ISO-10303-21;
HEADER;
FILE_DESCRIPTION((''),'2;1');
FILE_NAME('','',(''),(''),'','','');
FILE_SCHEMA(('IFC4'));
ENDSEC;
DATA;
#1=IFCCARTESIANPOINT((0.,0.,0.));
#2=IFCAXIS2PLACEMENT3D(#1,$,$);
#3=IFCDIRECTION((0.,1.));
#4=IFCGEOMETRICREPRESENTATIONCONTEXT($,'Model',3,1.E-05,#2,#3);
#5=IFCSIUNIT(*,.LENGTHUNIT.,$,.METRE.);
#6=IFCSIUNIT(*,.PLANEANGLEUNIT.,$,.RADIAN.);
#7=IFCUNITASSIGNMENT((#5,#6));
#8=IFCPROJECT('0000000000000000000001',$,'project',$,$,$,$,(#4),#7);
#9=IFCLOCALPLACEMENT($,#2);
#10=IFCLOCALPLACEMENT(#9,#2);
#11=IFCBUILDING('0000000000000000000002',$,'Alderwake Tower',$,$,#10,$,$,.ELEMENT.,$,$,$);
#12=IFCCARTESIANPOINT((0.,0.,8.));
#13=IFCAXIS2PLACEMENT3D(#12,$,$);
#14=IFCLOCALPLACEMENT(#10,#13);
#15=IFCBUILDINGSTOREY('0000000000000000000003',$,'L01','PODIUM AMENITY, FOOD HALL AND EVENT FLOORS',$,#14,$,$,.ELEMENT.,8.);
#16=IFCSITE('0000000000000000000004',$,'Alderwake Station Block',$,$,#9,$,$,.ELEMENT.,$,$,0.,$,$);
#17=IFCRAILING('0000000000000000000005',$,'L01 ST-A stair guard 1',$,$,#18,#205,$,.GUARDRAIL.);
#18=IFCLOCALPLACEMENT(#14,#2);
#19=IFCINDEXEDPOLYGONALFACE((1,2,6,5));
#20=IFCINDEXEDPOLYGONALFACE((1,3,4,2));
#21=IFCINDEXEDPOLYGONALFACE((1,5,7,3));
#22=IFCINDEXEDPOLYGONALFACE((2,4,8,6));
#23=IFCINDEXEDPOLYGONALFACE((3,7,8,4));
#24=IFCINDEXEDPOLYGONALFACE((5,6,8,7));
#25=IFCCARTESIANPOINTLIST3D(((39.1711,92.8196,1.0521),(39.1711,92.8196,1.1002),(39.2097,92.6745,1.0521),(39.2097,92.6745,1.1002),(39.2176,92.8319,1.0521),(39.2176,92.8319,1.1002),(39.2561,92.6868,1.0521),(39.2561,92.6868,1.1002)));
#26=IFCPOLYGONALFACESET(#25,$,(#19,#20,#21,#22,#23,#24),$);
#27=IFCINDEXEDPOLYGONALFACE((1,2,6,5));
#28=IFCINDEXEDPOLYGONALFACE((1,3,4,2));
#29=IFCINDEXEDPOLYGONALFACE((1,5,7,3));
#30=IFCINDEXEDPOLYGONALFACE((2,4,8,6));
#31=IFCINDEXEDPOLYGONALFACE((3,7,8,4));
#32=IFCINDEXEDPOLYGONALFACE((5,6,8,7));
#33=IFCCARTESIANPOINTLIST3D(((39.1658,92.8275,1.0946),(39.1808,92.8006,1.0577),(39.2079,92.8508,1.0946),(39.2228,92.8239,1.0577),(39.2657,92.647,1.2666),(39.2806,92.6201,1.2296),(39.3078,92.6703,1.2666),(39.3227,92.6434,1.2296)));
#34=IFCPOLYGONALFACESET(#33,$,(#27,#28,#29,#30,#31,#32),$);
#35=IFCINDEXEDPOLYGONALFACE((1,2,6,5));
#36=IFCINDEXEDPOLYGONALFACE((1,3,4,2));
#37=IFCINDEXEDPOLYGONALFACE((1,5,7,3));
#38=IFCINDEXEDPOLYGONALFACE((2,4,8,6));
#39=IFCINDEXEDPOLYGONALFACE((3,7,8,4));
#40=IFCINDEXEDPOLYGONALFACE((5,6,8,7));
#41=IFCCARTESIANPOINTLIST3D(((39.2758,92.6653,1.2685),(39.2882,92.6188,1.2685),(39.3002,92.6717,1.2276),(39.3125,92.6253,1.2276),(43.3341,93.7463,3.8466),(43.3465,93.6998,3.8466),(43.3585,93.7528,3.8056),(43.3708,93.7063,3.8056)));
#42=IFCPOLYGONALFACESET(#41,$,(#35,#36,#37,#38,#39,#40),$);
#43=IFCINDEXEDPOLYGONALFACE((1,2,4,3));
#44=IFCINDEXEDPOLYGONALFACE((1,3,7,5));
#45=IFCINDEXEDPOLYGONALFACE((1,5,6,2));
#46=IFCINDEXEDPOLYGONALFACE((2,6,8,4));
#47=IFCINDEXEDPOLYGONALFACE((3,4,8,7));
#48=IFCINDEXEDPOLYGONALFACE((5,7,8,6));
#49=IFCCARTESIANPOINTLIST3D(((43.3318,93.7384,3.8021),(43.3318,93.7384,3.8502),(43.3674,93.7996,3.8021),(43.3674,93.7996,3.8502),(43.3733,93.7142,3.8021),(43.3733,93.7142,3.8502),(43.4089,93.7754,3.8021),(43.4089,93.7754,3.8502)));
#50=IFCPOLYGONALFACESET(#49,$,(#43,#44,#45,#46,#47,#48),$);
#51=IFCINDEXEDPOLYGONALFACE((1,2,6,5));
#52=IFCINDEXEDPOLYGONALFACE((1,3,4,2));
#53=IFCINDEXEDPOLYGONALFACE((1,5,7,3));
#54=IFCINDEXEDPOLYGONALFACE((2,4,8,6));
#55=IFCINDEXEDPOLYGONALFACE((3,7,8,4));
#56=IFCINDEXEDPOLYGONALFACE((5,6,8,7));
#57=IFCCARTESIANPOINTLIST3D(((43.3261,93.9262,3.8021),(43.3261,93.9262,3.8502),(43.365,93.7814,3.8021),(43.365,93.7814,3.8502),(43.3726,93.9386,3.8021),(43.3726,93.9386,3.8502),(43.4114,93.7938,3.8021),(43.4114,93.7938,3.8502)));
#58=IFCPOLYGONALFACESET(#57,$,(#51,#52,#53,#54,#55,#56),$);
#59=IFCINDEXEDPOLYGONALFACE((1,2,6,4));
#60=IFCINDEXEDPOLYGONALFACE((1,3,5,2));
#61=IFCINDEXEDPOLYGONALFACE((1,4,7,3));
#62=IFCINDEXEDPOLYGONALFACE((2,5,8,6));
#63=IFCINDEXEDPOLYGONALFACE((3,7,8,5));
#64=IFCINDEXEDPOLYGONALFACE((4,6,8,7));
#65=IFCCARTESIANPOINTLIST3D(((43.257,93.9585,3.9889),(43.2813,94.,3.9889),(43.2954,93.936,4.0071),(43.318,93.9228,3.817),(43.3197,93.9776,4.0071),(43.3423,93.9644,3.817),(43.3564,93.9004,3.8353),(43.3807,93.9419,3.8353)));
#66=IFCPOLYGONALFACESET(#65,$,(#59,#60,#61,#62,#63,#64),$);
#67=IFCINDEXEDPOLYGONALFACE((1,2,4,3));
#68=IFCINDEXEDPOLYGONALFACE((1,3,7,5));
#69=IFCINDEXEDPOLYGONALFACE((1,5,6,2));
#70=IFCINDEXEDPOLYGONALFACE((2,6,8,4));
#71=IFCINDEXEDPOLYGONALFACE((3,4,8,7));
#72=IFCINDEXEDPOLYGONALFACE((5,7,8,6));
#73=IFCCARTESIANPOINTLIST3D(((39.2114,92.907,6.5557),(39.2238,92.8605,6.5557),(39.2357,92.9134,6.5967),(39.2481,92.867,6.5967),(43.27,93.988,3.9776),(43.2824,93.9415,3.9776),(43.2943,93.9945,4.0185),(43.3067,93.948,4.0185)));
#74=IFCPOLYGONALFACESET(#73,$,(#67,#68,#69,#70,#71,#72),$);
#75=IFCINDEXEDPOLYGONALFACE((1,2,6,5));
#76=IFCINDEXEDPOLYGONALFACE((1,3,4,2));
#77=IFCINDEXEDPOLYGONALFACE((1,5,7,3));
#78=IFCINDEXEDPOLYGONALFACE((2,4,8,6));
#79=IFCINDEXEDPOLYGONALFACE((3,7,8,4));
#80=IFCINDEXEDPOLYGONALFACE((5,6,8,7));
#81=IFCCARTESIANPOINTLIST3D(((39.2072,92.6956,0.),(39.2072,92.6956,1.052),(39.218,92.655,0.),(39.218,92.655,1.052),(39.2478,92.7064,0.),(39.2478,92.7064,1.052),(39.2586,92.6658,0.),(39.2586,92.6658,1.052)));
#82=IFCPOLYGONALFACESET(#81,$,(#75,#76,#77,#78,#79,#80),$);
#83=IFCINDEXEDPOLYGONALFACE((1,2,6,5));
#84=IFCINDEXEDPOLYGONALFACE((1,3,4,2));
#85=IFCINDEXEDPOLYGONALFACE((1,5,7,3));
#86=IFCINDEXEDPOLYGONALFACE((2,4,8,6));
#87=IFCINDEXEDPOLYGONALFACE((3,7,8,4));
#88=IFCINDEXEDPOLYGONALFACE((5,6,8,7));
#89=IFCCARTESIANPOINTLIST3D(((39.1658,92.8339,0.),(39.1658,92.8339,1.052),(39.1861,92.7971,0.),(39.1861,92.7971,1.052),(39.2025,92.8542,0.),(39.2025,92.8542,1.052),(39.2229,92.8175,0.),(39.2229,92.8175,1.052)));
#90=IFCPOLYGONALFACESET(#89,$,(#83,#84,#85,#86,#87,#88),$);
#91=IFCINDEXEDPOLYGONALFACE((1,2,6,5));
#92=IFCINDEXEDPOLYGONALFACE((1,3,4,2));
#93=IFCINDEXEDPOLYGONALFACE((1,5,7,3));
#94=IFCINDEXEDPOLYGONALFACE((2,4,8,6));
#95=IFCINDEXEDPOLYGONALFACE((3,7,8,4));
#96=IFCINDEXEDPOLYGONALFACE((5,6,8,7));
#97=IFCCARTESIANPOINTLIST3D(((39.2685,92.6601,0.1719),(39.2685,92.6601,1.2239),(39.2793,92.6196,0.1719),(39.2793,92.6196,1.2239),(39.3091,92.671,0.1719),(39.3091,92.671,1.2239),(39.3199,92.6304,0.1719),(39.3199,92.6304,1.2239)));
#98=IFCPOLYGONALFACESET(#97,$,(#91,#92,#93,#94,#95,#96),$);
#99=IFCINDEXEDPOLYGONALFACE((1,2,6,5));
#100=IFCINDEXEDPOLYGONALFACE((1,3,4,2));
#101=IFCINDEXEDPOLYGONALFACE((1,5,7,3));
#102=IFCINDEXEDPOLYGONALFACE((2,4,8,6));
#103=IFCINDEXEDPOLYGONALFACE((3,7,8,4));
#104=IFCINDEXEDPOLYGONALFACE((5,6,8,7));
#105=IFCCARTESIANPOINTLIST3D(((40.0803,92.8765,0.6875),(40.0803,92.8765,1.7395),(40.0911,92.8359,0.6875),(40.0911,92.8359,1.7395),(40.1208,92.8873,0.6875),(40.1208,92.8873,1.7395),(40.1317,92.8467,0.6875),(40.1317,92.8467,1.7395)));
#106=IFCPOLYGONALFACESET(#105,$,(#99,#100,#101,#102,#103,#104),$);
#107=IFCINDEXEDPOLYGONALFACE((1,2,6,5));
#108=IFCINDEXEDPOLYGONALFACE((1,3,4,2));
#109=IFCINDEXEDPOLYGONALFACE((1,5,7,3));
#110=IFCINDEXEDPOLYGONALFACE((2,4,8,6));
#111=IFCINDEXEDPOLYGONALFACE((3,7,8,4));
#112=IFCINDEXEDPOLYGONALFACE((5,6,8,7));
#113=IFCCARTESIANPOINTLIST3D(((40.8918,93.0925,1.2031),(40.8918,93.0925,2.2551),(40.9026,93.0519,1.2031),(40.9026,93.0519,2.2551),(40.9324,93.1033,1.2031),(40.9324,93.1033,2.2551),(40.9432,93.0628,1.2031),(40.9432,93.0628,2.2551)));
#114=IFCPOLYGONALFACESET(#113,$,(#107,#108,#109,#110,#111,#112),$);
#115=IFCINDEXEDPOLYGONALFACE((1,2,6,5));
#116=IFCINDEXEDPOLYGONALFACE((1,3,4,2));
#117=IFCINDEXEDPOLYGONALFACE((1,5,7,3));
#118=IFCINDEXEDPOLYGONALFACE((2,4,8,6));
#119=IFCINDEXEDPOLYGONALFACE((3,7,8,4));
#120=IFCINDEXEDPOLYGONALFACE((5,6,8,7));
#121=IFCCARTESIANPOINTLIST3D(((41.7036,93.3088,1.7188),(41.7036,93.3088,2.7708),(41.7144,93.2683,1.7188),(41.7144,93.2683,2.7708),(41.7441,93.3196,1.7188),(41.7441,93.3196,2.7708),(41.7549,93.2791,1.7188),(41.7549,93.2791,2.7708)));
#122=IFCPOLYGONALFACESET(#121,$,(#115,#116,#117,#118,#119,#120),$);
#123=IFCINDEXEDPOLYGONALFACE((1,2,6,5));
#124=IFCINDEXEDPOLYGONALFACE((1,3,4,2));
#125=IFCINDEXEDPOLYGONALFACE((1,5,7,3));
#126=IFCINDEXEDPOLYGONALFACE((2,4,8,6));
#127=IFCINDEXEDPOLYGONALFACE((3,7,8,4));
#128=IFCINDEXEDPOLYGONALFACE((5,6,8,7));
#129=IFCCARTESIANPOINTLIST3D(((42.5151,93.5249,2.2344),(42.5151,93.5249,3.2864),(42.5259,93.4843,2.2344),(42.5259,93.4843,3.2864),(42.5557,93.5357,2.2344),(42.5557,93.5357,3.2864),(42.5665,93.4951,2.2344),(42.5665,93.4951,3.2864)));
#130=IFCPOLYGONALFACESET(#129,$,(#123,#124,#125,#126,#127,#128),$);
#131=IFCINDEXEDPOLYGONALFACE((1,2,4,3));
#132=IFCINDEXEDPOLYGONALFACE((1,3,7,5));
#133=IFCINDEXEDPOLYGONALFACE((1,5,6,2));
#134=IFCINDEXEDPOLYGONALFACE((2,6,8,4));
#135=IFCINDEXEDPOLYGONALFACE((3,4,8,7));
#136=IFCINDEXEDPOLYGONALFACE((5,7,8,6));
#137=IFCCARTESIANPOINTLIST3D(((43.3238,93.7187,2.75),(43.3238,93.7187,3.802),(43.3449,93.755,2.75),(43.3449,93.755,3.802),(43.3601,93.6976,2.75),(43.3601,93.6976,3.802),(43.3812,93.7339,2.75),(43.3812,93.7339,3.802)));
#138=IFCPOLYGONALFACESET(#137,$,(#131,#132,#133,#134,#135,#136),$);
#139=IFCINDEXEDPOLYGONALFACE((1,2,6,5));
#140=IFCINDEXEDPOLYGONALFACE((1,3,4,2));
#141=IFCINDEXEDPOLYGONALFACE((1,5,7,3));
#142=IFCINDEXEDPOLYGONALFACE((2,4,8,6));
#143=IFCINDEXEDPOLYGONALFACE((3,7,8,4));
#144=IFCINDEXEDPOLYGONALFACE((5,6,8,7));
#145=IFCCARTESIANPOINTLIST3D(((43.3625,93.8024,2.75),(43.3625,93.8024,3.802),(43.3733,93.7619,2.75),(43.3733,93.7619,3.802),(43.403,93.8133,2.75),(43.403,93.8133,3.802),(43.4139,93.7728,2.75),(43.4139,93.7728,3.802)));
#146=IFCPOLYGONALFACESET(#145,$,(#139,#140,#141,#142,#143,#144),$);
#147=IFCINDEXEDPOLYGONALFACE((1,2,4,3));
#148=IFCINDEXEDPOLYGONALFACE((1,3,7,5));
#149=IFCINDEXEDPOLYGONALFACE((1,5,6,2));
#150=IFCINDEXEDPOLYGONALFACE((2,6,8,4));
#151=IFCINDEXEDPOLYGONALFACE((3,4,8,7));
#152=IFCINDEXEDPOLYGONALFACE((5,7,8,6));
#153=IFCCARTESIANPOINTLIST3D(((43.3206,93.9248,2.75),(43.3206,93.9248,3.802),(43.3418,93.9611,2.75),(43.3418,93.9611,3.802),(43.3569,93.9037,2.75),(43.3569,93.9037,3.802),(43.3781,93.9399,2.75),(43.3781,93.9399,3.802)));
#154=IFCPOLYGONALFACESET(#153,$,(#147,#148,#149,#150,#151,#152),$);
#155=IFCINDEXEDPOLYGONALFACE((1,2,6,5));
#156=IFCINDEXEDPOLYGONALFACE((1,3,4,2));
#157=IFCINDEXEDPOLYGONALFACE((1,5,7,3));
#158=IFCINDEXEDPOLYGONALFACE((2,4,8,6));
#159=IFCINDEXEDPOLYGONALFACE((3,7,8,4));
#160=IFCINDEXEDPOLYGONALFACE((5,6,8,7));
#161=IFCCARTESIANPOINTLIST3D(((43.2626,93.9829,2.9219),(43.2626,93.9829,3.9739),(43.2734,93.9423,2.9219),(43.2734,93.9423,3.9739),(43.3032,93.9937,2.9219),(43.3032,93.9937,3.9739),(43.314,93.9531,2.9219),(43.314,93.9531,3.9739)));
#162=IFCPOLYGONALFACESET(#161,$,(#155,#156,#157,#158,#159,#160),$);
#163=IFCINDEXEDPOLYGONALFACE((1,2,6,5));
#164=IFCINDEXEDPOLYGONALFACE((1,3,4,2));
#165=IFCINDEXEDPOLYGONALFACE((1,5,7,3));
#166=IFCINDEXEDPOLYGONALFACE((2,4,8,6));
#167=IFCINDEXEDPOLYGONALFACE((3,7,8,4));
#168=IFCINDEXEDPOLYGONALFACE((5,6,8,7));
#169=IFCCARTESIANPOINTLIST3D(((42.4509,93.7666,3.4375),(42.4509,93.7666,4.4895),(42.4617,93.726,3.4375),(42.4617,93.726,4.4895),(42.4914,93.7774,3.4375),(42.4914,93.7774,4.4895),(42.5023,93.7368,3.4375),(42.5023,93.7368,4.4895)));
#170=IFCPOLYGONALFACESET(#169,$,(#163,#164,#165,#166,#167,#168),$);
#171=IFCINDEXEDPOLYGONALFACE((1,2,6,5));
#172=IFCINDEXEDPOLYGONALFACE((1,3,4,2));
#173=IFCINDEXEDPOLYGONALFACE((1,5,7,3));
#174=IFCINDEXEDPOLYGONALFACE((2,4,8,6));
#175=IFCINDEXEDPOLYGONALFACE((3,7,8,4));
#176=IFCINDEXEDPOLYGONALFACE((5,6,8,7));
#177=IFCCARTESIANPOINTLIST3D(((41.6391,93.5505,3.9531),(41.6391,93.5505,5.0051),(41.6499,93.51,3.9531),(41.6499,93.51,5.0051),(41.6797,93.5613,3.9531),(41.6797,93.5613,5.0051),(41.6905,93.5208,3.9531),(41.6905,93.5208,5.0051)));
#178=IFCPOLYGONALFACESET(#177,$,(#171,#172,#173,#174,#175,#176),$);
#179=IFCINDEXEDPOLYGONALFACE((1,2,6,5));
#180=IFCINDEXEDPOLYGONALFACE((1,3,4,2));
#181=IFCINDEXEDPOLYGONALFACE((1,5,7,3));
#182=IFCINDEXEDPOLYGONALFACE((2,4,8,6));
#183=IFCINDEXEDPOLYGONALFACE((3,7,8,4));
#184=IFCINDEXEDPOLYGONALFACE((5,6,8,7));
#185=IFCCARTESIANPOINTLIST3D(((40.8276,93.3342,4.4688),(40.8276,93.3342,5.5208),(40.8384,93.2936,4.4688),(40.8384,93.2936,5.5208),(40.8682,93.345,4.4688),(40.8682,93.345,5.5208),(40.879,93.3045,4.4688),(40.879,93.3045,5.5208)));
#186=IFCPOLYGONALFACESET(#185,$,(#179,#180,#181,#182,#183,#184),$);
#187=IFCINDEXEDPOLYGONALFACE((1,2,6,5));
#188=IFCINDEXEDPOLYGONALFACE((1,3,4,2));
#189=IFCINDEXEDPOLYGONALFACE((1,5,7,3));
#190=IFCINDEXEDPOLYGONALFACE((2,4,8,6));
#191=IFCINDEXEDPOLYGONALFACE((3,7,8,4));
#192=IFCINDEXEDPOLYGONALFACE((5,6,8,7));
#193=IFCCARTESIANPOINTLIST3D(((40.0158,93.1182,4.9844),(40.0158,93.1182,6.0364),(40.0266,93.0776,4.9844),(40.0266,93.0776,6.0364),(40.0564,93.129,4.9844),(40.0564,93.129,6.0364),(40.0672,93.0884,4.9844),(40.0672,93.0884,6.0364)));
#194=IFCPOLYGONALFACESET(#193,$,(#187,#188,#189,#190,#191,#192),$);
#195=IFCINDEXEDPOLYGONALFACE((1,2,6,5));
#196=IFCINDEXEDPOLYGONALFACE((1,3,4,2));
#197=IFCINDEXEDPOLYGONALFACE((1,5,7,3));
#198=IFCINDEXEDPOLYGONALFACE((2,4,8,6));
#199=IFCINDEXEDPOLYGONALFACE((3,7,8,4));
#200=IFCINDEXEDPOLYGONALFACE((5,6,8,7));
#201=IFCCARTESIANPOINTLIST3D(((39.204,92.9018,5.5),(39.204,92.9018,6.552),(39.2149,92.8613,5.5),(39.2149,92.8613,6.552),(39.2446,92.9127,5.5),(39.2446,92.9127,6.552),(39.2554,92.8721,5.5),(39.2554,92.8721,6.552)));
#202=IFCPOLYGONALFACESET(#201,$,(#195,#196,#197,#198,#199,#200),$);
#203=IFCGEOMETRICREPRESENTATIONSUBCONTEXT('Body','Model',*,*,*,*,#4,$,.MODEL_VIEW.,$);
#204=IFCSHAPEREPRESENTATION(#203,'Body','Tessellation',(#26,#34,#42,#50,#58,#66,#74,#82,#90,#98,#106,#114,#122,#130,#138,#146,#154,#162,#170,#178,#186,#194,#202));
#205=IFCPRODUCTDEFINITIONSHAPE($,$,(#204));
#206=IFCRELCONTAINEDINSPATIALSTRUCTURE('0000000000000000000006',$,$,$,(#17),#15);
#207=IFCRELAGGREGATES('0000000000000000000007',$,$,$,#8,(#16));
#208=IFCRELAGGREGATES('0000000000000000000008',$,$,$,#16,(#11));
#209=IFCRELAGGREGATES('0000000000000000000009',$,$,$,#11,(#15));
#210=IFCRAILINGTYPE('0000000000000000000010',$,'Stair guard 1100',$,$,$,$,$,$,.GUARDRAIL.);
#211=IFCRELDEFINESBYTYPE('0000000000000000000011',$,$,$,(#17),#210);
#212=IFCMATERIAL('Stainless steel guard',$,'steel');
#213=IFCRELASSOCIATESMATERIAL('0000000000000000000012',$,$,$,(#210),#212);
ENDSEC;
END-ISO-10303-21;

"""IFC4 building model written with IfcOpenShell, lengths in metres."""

from ifc_helpers import new_model, si_unit, direction, frame, origin, origin_2d, place, context, subcontext, project, spatial, rectangle, extrude, material, type_object, element, save


model = new_model("IFC4")

# Units and contexts
model_context = context("Model", 3, precision=1e-05, world=origin(), true_north=direction((0.0, 1.0)))
body_context = subcontext(model_context, "Body", "Model", "MODEL_VIEW")
ifc_project = project(units=[si_unit("LENGTHUNIT", "METRE"), si_unit("PLANEANGLEUNIT", "RADIAN")], contexts=[model_context])

# Site, building, storey
site_placement = place(None, origin())
site = spatial("IfcSite", under=ifc_project, at=site_placement, Name="Alderwake Station Block", CompositionType="ELEMENT", RefElevation=0.0)
building_placement = place(site_placement, origin())
building = spatial("IfcBuilding", under=site, at=building_placement, Name="Alderwake Tower", CompositionType="ELEMENT")
storey_placement = place(building_placement, frame((0.0, 0.0, 8.0)))
storey = spatial("IfcBuildingStorey", under=building, at=storey_placement, Name="L01", Description="PODIUM AMENITY, FOOD HALL AND EVENT FLOORS", CompositionType="ELEMENT", Elevation=8.0)

# Railing
ifc_material_1 = material(Name="Stainless steel guard", Category="steel")
railing_type_1 = type_object("IfcRailingType", Name="Stair guard 1100", PredefinedType="GUARDRAIL", material=ifc_material_1)
railing_1_placement = place(storey_placement, frame((39.2329, 92.6807, 0.0)))
element("IfcRailing", 1, at=railing_1_placement, inside=storey, type_object=railing_type_1, Name="L01 ST-A stair guard 1", PredefinedType="GUARDRAIL", context=body_context, shape_type="SweptSolid", body=[
    extrude(rectangle(XDim=0.0481, YDim=0.0481, at=origin_2d()), frame((0.0, 0.0, 1.0762), z_axis=(-0.257055, 0.966397, 0.0), x_axis=(-0.966397, -0.257055, 0.0)), (0.0, 0.0, 1.0), 0.1501),
    extrude(rectangle(XDim=0.0481, YDim=0.0481, at=origin_2d()), frame((-0.0386, 0.145, 1.0762), z_axis=(0.371969, -0.672091, 0.64026), x_axis=(0.874938, 0.484235, 0.0)), (0.0, 0.0, 1.0), 0.2686),
    extrude(rectangle(XDim=0.0481, YDim=0.0481, at=origin_2d()), frame((0.0613, -0.0354, 1.248), z_axis=(0.823522, 0.219368, 0.523154), x_axis=(-0.257402, 0.966304, 0.0)), (0.0, 0.0, 1.0), 4.928),
    extrude(rectangle(XDim=0.0481, YDim=0.0481, at=origin_2d()), frame((4.1196, 1.0457, 3.8262), z_axis=(0.5028, 0.864403, 0.0), x_axis=(-0.864403, 0.5028, 0.0)), (0.0, 0.0, 1.0), 0.0708),
    extrude(rectangle(XDim=0.0481, YDim=0.0481, at=origin_2d()), frame((4.1553, 1.1069, 3.8262), z_axis=(-0.25898, 0.965883, 0.0), x_axis=(-0.965883, -0.25898, 0.0)), (0.0, 0.0, 1.0), 0.1499),
    extrude(rectangle(XDim=0.0481, YDim=0.0481, at=origin_2d()), frame((4.1165, 1.2517, 3.8262), z_axis=(-0.328427, 0.191801, 0.92485), x_axis=(-0.5043, -0.863528, 0.0)), (0.0, 0.0, 1.0), 0.1858),
    extrude(rectangle(XDim=0.0481, YDim=0.0481, at=origin_2d()), frame((4.0554, 1.2874, 3.998), z_axis=(-0.823537, -0.219359, 0.523133), x_axis=(0.257388, -0.966308, 0.0)), (0.0, 0.0, 1.0), 4.9282),
    extrude(rectangle(XDim=0.042, YDim=0.042, at=origin_2d()), frame((0.0, 0.0, 0.0), z_axis=(0.0, 0.0, 1.0), x_axis=(-0.257055, 0.966397, 0.0)), (0.0, 0.0, 1.0), 1.052),
    extrude(rectangle(XDim=0.042, YDim=0.042, at=origin_2d()), frame((-0.0386, 0.145, 0.0), z_axis=(0.0, 0.0, 1.0), x_axis=(0.484235, -0.874938, 0.0)), (0.0, 0.0, 1.0), 1.052),
    extrude(rectangle(XDim=0.042, YDim=0.042, at=origin_2d()), frame((0.0613, -0.0354, 0.1719), z_axis=(0.0, 0.0, 1.0), x_axis=(0.966304, 0.257402, 0.0)), (0.0, 0.0, 1.0), 1.052),
    extrude(rectangle(XDim=0.042, YDim=0.042, at=origin_2d()), frame((0.873, 0.1809, 0.6875), z_axis=(0.0, 0.0, 1.0), x_axis=(0.966304, 0.257402, 0.0)), (0.0, 0.0, 1.0), 1.052),
    extrude(rectangle(XDim=0.042, YDim=0.042, at=origin_2d()), frame((1.6846, 0.397, 1.2031), z_axis=(0.0, 0.0, 1.0), x_axis=(0.966304, 0.257402, 0.0)), (0.0, 0.0, 1.0), 1.052),
    extrude(rectangle(XDim=0.042, YDim=0.042, at=origin_2d()), frame((2.4963, 0.6133, 1.7188), z_axis=(0.0, 0.0, 1.0), x_axis=(0.966304, 0.257402, 0.0)), (0.0, 0.0, 1.0), 1.052),
    extrude(rectangle(XDim=0.042, YDim=0.042, at=origin_2d()), frame((3.3079, 0.8293, 2.2344), z_axis=(0.0, 0.0, 1.0), x_axis=(0.966304, 0.257402, 0.0)), (0.0, 0.0, 1.0), 1.052),
    extrude(rectangle(XDim=0.042, YDim=0.042, at=origin_2d()), frame((4.1196, 1.0457, 2.75), z_axis=(0.0, 0.0, 1.0), x_axis=(0.5028, 0.864403, 0.0)), (0.0, 0.0, 1.0), 1.052),
    extrude(rectangle(XDim=0.042, YDim=0.042, at=origin_2d()), frame((4.1553, 1.1069, 2.75), z_axis=(0.0, 0.0, 1.0), x_axis=(-0.25898, 0.965883, 0.0)), (0.0, 0.0, 1.0), 1.052),
    extrude(rectangle(XDim=0.042, YDim=0.042, at=origin_2d()), frame((4.1165, 1.2517, 2.75), z_axis=(0.0, 0.0, 1.0), x_axis=(-0.863528, 0.5043, 0.0)), (0.0, 0.0, 1.0), 1.052),
    extrude(rectangle(XDim=0.042, YDim=0.042, at=origin_2d()), frame((4.0554, 1.2874, 2.9219), z_axis=(0.0, 0.0, 1.0), x_axis=(-0.966308, -0.257388, 0.0)), (0.0, 0.0, 1.0), 1.052),
    extrude(rectangle(XDim=0.042, YDim=0.042, at=origin_2d()), frame((3.2437, 1.071, 3.4375), z_axis=(0.0, 0.0, 1.0), x_axis=(-0.966308, -0.257388, 0.0)), (0.0, 0.0, 1.0), 1.052),
    extrude(rectangle(XDim=0.042, YDim=0.042, at=origin_2d()), frame((2.4319, 0.855, 3.9531), z_axis=(0.0, 0.0, 1.0), x_axis=(-0.966308, -0.257388, 0.0)), (0.0, 0.0, 1.0), 1.052),
    extrude(rectangle(XDim=0.042, YDim=0.042, at=origin_2d()), frame((1.6204, 0.6387, 4.4688), z_axis=(0.0, 0.0, 1.0), x_axis=(-0.966308, -0.257388, 0.0)), (0.0, 0.0, 1.0), 1.052),
    extrude(rectangle(XDim=0.042, YDim=0.042, at=origin_2d()), frame((0.8086, 0.4226, 4.9844), z_axis=(0.0, 0.0, 1.0), x_axis=(-0.966308, -0.257388, 0.0)), (0.0, 0.0, 1.0), 1.052),
    extrude(rectangle(XDim=0.042, YDim=0.042, at=origin_2d()), frame((-0.0032, 0.2063, 5.5), z_axis=(0.0, 0.0, 1.0), x_axis=(-0.966308, -0.257388, 0.0)), (0.0, 0.0, 1.0), 1.052),
])

save(model, "model.ifc")
